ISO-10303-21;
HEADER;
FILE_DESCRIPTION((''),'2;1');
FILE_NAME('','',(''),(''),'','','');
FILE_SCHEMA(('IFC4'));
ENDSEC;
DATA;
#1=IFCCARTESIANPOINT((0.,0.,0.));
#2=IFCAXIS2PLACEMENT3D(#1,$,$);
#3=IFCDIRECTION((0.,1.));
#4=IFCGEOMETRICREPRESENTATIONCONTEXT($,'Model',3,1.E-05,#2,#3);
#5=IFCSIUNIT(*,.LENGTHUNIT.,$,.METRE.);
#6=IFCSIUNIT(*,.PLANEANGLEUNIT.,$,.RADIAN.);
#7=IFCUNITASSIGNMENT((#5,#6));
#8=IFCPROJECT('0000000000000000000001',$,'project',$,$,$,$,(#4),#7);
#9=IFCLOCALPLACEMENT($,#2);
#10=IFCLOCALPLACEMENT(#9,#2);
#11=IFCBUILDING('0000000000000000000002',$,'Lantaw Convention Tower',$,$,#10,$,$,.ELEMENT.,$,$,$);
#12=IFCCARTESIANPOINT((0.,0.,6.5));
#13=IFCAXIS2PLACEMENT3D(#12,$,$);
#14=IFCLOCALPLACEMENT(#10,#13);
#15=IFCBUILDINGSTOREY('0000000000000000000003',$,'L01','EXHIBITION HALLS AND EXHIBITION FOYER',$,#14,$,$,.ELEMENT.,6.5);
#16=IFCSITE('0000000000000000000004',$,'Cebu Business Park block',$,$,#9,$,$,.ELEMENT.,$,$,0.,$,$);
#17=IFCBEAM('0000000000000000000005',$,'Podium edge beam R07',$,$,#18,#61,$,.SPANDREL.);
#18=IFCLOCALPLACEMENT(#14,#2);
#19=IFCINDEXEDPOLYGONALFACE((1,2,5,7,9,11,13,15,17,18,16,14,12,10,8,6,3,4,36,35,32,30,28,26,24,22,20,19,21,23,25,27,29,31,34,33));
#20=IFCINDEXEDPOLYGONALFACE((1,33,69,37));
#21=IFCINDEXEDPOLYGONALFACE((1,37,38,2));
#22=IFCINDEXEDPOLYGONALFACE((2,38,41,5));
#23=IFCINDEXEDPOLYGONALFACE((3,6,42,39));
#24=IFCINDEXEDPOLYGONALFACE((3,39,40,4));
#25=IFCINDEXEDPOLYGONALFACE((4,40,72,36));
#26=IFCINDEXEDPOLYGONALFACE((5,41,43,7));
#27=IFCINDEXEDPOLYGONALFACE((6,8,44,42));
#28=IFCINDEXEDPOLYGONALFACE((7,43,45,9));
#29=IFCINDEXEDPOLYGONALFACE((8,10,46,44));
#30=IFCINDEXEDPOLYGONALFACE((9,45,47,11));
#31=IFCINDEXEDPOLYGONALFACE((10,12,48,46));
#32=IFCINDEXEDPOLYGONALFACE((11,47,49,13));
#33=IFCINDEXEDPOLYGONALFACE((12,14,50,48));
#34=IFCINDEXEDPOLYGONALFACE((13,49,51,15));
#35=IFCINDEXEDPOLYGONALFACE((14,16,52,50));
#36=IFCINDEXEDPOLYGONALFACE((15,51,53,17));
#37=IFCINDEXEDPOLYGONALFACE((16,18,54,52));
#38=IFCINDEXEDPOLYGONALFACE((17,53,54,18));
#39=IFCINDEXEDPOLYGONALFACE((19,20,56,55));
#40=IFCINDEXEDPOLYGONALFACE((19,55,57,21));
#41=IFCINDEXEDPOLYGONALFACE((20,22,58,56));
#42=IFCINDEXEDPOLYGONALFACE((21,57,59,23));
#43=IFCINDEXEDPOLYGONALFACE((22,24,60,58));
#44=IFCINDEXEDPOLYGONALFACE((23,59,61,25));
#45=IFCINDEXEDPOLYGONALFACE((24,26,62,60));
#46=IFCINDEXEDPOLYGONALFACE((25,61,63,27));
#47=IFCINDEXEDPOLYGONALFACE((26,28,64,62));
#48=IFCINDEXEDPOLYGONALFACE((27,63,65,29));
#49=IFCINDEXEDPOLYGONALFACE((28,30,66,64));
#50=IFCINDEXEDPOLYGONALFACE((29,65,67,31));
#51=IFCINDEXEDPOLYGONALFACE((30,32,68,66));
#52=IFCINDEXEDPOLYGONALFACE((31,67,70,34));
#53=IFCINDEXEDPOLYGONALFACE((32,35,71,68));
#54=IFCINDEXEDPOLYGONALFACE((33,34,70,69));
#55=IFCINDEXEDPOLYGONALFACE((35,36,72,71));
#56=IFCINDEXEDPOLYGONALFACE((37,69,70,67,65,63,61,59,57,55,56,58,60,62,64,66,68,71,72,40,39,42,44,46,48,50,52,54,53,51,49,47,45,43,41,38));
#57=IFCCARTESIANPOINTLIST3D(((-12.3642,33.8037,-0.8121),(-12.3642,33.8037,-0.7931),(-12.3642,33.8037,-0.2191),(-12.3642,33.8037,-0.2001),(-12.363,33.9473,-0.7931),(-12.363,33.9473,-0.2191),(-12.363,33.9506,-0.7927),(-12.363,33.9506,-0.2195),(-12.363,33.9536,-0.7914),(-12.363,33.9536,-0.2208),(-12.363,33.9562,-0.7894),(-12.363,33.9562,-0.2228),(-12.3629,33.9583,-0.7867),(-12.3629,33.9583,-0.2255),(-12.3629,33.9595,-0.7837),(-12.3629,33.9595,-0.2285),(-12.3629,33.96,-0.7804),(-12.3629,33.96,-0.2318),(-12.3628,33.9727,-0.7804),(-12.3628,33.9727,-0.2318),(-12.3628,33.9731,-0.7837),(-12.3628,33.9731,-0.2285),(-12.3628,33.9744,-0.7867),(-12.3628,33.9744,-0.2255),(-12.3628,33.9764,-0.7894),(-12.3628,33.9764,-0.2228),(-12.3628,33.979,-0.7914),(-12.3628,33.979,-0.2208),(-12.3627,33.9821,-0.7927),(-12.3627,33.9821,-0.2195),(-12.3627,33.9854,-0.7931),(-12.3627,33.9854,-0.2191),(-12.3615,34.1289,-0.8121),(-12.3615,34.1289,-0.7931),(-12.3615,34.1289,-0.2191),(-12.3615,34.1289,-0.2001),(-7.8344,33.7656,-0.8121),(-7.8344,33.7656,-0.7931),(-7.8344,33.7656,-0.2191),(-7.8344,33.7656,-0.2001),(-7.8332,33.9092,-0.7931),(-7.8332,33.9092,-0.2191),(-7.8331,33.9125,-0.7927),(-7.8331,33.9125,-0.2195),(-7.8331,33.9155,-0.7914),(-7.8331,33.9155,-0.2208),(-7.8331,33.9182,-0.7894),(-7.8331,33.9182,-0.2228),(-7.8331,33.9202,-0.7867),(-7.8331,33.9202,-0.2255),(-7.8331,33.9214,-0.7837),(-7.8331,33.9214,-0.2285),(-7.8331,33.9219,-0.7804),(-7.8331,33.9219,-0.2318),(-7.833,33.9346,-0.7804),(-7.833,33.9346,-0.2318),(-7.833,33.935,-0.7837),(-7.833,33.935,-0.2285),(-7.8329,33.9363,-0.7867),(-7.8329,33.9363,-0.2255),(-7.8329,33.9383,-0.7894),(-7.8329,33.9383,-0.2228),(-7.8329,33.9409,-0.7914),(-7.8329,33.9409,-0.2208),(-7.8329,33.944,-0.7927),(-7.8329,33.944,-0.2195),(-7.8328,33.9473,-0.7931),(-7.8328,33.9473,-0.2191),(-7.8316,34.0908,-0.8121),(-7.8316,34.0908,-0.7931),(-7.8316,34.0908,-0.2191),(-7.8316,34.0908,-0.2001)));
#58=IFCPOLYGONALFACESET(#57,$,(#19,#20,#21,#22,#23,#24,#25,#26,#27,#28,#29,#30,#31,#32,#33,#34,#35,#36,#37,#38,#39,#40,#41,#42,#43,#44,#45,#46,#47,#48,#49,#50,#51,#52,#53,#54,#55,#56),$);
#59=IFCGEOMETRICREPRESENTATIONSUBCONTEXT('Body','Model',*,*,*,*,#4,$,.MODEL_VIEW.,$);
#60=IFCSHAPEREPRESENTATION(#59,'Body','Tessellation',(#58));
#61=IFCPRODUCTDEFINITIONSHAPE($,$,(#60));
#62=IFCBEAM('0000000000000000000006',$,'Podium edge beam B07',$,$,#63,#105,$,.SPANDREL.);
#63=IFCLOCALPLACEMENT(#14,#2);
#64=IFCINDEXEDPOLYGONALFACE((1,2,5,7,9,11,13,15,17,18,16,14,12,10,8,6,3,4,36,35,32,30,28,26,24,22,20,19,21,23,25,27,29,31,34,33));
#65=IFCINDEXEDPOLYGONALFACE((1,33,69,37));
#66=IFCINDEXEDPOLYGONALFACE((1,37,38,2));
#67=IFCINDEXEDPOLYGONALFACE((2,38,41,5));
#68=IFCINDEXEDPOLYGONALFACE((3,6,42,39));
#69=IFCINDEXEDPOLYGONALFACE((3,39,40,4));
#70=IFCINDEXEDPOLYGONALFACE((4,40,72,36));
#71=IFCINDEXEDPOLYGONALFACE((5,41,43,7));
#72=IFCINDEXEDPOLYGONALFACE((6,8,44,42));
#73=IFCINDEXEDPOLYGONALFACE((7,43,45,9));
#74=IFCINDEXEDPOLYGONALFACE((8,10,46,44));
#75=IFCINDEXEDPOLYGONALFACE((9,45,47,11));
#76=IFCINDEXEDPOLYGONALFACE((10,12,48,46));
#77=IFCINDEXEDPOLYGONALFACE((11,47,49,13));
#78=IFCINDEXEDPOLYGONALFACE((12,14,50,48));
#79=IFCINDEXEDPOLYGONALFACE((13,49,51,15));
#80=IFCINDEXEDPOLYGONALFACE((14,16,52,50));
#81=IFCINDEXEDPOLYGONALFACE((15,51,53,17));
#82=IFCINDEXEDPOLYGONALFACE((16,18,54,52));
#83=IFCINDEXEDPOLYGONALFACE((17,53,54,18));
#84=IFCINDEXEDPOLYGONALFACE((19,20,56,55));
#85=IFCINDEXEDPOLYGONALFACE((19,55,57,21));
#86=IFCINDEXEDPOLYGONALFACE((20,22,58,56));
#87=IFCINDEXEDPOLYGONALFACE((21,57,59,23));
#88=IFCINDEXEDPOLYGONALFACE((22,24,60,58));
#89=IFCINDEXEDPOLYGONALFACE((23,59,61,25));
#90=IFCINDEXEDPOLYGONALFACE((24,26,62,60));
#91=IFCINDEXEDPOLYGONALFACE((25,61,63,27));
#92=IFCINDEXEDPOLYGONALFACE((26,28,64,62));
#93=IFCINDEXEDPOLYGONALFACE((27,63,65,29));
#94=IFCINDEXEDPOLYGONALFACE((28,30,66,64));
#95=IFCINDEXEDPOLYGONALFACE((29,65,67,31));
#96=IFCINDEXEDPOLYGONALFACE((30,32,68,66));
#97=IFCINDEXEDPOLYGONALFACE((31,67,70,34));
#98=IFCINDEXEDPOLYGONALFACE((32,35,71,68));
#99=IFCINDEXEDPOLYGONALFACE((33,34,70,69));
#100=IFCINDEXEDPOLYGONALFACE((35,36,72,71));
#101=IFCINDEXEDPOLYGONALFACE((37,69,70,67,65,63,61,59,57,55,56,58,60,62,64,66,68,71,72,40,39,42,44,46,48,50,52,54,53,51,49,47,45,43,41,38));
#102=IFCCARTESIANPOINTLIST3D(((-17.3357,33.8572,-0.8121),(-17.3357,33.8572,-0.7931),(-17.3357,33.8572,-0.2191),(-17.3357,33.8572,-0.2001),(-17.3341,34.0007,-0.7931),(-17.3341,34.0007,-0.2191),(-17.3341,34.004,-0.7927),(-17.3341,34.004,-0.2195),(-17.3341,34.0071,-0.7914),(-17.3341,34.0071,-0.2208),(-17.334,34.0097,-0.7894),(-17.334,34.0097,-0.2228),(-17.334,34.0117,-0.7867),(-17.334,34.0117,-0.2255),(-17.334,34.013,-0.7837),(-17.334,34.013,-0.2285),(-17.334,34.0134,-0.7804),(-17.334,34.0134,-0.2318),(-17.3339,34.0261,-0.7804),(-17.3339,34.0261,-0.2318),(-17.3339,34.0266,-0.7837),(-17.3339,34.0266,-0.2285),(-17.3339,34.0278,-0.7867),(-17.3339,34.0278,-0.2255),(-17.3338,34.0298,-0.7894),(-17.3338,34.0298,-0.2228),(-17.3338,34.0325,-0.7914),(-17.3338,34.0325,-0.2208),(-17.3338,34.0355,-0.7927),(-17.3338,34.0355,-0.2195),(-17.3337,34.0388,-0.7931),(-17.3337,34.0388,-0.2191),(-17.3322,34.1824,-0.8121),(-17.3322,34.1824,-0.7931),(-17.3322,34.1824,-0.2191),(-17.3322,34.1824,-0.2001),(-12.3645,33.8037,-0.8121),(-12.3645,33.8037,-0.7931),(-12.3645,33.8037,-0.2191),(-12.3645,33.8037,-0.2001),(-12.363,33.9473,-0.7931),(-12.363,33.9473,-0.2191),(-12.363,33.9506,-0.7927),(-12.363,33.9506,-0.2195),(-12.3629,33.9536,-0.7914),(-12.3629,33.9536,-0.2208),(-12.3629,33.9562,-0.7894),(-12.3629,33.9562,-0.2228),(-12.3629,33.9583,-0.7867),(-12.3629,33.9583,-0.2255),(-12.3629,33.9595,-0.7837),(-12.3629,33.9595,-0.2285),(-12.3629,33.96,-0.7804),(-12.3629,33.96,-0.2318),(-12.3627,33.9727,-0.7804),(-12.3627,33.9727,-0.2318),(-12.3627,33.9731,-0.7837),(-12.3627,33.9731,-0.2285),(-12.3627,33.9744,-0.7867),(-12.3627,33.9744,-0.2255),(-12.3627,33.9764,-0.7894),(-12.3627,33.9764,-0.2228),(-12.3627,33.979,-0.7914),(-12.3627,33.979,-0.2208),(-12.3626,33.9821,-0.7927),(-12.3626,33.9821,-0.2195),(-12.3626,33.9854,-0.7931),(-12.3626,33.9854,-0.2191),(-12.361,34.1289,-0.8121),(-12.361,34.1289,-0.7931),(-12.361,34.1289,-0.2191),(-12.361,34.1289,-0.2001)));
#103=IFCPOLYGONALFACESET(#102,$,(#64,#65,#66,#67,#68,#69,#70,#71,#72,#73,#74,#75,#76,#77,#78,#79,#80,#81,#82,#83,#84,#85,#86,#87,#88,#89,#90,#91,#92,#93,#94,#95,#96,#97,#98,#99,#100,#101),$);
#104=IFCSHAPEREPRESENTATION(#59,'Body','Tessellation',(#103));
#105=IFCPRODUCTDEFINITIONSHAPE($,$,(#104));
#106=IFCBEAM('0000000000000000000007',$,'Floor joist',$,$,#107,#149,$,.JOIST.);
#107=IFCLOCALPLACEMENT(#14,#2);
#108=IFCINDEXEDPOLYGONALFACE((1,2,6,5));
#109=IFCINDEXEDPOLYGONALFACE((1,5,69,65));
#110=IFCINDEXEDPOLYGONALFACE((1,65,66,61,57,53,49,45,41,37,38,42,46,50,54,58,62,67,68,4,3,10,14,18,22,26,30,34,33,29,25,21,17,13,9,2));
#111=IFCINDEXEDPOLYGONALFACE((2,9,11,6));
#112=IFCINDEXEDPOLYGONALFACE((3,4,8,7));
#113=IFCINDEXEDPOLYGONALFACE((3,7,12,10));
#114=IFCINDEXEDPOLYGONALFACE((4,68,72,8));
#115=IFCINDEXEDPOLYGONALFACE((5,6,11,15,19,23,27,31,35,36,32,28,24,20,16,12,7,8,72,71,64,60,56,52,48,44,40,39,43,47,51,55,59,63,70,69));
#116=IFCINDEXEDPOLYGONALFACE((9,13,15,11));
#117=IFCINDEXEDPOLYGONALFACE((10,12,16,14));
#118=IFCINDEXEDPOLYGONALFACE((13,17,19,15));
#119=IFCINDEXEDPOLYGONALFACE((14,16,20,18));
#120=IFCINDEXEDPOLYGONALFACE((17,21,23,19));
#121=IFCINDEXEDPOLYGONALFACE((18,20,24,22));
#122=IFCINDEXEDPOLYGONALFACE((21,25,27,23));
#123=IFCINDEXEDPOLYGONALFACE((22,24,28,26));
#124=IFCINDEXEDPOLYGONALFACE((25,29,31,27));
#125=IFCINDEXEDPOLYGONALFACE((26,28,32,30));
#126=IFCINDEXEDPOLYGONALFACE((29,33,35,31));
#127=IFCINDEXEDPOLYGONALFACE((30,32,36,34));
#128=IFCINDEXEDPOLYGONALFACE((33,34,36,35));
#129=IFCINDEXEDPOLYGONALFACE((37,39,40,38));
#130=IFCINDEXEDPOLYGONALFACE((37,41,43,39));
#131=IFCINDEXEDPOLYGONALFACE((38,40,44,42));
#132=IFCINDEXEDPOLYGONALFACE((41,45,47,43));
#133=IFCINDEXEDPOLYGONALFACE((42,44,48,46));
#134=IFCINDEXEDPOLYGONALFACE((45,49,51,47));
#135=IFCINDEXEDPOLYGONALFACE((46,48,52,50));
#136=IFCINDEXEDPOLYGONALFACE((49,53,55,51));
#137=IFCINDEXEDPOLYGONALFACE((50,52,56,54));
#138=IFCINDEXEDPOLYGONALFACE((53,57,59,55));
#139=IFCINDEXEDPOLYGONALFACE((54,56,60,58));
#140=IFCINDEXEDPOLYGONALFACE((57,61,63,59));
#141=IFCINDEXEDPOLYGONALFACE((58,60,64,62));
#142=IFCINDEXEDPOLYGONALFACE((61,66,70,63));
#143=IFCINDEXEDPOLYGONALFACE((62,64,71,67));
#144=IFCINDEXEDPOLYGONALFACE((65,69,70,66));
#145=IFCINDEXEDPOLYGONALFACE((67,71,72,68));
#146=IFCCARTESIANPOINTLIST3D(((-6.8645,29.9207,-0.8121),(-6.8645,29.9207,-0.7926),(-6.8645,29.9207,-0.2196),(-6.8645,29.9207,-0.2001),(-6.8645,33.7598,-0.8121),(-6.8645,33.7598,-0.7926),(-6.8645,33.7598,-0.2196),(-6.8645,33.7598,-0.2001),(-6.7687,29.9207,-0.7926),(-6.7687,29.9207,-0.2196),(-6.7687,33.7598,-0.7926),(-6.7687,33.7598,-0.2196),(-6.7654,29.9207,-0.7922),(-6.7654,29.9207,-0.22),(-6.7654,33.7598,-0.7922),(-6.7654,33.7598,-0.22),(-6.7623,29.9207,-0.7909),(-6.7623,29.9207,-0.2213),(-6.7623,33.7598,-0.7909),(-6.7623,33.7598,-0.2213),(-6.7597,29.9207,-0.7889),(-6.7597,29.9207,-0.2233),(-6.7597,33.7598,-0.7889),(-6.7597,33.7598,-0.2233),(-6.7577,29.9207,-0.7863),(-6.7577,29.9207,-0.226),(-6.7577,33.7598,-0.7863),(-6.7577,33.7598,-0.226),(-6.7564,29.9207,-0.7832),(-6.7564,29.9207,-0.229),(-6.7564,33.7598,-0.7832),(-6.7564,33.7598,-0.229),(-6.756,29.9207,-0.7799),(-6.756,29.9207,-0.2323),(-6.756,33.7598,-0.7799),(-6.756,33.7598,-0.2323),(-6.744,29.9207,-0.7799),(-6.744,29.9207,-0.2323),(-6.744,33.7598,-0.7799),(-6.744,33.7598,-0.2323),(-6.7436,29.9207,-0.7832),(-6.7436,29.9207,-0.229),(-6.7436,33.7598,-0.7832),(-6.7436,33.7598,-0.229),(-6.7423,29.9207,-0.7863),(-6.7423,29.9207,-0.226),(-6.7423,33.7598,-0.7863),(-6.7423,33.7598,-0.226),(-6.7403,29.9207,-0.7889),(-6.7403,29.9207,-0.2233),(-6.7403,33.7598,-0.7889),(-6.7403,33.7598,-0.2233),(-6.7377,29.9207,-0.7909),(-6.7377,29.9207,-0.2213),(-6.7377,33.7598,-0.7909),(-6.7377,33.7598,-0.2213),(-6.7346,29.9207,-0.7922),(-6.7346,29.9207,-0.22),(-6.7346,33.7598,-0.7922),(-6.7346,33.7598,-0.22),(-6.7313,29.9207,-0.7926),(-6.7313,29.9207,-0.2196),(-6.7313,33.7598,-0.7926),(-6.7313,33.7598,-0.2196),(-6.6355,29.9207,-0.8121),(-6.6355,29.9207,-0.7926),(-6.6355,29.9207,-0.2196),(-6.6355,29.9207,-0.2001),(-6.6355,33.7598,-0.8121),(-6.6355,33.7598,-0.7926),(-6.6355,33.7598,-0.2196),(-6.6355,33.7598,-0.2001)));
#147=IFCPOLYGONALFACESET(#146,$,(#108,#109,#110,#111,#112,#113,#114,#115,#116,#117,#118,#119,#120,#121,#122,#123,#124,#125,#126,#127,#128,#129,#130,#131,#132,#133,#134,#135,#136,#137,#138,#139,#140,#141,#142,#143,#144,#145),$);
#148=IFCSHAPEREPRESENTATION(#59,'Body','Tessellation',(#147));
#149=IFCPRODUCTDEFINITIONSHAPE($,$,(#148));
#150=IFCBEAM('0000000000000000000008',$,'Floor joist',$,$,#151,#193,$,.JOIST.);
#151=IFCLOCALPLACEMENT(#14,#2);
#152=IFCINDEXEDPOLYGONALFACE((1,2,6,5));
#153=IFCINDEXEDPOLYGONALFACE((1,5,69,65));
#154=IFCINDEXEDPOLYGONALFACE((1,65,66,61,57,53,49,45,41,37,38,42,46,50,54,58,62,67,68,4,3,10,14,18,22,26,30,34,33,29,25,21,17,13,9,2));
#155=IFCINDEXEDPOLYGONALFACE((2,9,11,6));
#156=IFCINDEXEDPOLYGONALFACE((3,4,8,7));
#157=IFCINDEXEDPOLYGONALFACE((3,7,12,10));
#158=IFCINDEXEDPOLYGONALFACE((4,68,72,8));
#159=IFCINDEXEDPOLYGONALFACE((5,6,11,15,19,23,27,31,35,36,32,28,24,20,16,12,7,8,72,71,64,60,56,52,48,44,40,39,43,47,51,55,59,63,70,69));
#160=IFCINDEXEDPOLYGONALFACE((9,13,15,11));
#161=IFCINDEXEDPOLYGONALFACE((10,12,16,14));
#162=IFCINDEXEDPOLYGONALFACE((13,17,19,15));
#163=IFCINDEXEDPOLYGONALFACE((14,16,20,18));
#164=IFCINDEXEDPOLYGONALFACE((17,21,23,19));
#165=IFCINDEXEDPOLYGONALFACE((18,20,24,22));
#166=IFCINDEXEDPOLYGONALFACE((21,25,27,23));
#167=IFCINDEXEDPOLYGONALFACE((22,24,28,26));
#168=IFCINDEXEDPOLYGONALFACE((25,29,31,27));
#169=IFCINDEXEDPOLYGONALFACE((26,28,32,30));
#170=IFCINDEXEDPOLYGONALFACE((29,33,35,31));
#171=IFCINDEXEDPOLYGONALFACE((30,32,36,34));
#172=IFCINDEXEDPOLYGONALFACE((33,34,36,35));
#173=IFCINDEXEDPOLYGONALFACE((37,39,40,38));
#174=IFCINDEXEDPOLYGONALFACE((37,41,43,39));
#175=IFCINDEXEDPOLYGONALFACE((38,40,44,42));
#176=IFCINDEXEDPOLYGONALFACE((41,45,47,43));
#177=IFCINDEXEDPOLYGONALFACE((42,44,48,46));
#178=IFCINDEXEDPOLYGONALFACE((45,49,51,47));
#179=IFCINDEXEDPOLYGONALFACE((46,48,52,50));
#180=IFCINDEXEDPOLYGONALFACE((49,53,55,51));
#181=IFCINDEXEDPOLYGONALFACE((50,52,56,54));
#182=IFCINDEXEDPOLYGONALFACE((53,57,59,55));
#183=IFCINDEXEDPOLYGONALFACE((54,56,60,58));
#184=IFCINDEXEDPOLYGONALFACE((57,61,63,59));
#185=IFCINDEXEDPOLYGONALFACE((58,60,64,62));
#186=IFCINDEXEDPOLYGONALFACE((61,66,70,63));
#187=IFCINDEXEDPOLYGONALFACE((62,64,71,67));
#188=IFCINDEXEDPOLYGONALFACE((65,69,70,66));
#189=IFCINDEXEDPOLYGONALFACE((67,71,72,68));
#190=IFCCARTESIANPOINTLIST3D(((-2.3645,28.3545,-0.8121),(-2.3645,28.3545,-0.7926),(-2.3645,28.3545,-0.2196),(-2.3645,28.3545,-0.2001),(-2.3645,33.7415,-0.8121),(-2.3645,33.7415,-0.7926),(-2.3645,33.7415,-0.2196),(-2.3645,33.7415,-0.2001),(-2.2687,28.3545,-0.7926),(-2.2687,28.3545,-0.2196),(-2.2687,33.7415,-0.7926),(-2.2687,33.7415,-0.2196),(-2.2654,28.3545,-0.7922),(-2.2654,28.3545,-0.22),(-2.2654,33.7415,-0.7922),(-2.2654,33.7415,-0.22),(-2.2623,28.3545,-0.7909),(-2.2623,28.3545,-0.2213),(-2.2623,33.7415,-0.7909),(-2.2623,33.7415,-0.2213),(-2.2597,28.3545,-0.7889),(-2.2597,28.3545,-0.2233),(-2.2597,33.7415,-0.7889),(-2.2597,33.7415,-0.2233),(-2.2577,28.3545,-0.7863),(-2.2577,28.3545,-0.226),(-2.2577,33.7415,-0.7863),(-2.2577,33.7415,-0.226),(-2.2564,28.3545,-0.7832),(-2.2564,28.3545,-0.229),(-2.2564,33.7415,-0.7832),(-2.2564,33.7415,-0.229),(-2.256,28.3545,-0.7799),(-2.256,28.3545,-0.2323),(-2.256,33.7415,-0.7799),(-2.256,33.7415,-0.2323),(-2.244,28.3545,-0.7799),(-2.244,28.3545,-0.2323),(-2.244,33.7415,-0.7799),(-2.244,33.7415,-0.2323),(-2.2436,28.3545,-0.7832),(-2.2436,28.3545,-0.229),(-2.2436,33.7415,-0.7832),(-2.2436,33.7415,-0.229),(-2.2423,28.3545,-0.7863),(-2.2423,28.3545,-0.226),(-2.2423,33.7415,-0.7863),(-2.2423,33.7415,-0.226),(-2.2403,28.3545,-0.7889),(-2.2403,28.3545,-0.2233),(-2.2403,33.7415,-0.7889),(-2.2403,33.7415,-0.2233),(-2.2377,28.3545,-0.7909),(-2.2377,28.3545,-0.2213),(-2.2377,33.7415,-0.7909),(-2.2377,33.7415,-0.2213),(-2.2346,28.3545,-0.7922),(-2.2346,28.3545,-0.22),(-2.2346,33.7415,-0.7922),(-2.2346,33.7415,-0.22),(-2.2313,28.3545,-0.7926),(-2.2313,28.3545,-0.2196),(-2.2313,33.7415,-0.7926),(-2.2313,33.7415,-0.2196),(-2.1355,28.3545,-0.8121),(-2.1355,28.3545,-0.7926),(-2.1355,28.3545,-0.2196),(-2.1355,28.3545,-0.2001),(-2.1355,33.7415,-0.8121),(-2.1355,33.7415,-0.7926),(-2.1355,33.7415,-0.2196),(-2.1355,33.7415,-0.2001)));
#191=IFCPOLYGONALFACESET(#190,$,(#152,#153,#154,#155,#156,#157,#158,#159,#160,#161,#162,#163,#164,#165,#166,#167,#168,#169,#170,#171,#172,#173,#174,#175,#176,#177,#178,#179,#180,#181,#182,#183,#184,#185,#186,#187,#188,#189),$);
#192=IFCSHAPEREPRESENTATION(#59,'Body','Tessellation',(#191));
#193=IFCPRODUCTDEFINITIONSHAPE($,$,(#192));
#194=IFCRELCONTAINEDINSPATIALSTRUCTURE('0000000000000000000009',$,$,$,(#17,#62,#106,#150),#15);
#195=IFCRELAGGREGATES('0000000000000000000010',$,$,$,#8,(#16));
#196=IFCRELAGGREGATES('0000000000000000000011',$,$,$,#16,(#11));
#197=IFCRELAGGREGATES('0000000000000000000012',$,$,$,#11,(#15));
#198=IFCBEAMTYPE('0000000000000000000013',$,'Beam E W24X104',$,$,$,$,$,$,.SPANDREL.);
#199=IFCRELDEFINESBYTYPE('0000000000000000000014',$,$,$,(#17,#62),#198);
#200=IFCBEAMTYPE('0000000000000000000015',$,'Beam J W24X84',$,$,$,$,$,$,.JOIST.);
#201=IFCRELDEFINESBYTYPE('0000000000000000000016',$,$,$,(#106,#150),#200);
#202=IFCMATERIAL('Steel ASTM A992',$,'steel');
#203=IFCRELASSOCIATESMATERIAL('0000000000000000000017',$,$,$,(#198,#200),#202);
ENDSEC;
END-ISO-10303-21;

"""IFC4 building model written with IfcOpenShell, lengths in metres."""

from ifc_helpers import new_model, si_unit, direction, frame, origin, origin_2d, place, context, subcontext, project, spatial, i_section, extrude, material, material_profile, profile_set, type_object, element, save


model = new_model("IFC4")

# Units and contexts
model_context = context("Model", 3, precision=1e-05, world=origin(), true_north=direction((0.0, 1.0)))
body_context = subcontext(model_context, "Body", "Model", "MODEL_VIEW")
ifc_project = project(units=[si_unit("LENGTHUNIT", "METRE"), si_unit("PLANEANGLEUNIT", "RADIAN")], contexts=[model_context])

# Site, building, storey
site_placement = place(None, origin())
site = spatial("IfcSite", under=ifc_project, at=site_placement, Name="Cebu Business Park block", CompositionType="ELEMENT", RefElevation=0.0)
building_placement = place(site_placement, origin())
building = spatial("IfcBuilding", under=site, at=building_placement, Name="Lantaw Convention Tower", CompositionType="ELEMENT")
storey_placement = place(building_placement, frame((0.0, 0.0, 6.5)))
storey = spatial("IfcBuildingStorey", under=building, at=storey_placement, Name="L01", Description="EXHIBITION HALLS AND EXHIBITION FOYER", CompositionType="ELEMENT", Elevation=6.5)

# Beams
ifc_material_1 = material(Name="Steel ASTM A992", Category="steel")
ifc_material_profile_1 = material_profile(ifc_material_1, i_section(OverallWidth=0.3252, OverallDepth=0.6121, WebThickness=0.0127, FlangeThickness=0.019, FilletRadius=0.0127, at=origin_2d()), Name="W24X104")
ifc_profile_set_1 = profile_set([ifc_material_profile_1], Name="Steel ASTM A992")
beam_type_1 = type_object("IfcBeamType", Name="Beam E W24X104", PredefinedType="SPANDREL", material=ifc_profile_set_1)
beam_1_placement = place(storey_placement, frame((-7.833, 33.9282, -0.5061), z_axis=(-0.999965, 0.008408, 0.0), x_axis=(-0.008408, -0.999965, 0.0)))
element("IfcBeam", 1, at=beam_1_placement, inside=storey, type_object=beam_type_1, Name="Podium edge beam R07", PredefinedType="SPANDREL", context=body_context, shape_type="SweptSolid", body=[
    extrude(i_section(OverallWidth=0.3252, OverallDepth=0.6121, WebThickness=0.0127, FlangeThickness=0.019, FilletRadius=0.0127, at=origin_2d()), origin(), (0.0, 0.0, 1.0), 4.53),
])
beam_2_placement = place(storey_placement, frame((-12.3628, 33.9663, -0.5061), z_axis=(-0.999942, 0.010755, 0.0), x_axis=(-0.010755, -0.999942, 0.0)))
element("IfcBeam", 2, at=beam_2_placement, inside=storey, type_object=beam_type_1, Name="Podium edge beam B07", PredefinedType="SPANDREL", context=body_context, shape_type="SweptSolid", body=[
    extrude(i_section(OverallWidth=0.3252, OverallDepth=0.6121, WebThickness=0.0127, FlangeThickness=0.019, FilletRadius=0.0127, at=origin_2d()), origin(), (0.0, 0.0, 1.0), 4.9714),
])
ifc_material_profile_2 = material_profile(ifc_material_1, i_section(OverallWidth=0.229, OverallDepth=0.6121, WebThickness=0.012, FlangeThickness=0.0195, FilletRadius=0.0127, at=origin_2d()), Name="W24X84")
ifc_profile_set_2 = profile_set([ifc_material_profile_2], Name="Steel ASTM A992")
beam_type_2 = type_object("IfcBeamType", Name="Beam J W24X84", PredefinedType="JOIST", material=ifc_profile_set_2)
beam_3_placement = place(storey_placement, frame((-6.75, 29.9207, -0.5061), z_axis=(0.0, 1.0, 0.0), x_axis=(-1.0, 0.0, 0.0)))
element("IfcBeam", 3, at=beam_3_placement, inside=storey, type_object=beam_type_2, Name="Floor joist", PredefinedType="JOIST", context=body_context, shape_type="SweptSolid", body=[
    extrude(i_section(OverallWidth=0.229, OverallDepth=0.6121, WebThickness=0.012, FlangeThickness=0.0195, FilletRadius=0.0127, at=origin_2d()), origin(), (0.0, 0.0, 1.0), 3.8391),
])
beam_4_placement = place(storey_placement, frame((-2.25, 28.3545, -0.5061), z_axis=(0.0, 1.0, 0.0), x_axis=(-1.0, 0.0, 0.0)))
element("IfcBeam", 4, at=beam_4_placement, inside=storey, type_object=beam_type_2, Name="Floor joist", PredefinedType="JOIST", context=body_context, shape_type="SweptSolid", body=[
    extrude(i_section(OverallWidth=0.229, OverallDepth=0.6121, WebThickness=0.012, FlangeThickness=0.0195, FilletRadius=0.0127, at=origin_2d()), origin(), (0.0, 0.0, 1.0), 5.387),
])

save(model, "model.ifc")
